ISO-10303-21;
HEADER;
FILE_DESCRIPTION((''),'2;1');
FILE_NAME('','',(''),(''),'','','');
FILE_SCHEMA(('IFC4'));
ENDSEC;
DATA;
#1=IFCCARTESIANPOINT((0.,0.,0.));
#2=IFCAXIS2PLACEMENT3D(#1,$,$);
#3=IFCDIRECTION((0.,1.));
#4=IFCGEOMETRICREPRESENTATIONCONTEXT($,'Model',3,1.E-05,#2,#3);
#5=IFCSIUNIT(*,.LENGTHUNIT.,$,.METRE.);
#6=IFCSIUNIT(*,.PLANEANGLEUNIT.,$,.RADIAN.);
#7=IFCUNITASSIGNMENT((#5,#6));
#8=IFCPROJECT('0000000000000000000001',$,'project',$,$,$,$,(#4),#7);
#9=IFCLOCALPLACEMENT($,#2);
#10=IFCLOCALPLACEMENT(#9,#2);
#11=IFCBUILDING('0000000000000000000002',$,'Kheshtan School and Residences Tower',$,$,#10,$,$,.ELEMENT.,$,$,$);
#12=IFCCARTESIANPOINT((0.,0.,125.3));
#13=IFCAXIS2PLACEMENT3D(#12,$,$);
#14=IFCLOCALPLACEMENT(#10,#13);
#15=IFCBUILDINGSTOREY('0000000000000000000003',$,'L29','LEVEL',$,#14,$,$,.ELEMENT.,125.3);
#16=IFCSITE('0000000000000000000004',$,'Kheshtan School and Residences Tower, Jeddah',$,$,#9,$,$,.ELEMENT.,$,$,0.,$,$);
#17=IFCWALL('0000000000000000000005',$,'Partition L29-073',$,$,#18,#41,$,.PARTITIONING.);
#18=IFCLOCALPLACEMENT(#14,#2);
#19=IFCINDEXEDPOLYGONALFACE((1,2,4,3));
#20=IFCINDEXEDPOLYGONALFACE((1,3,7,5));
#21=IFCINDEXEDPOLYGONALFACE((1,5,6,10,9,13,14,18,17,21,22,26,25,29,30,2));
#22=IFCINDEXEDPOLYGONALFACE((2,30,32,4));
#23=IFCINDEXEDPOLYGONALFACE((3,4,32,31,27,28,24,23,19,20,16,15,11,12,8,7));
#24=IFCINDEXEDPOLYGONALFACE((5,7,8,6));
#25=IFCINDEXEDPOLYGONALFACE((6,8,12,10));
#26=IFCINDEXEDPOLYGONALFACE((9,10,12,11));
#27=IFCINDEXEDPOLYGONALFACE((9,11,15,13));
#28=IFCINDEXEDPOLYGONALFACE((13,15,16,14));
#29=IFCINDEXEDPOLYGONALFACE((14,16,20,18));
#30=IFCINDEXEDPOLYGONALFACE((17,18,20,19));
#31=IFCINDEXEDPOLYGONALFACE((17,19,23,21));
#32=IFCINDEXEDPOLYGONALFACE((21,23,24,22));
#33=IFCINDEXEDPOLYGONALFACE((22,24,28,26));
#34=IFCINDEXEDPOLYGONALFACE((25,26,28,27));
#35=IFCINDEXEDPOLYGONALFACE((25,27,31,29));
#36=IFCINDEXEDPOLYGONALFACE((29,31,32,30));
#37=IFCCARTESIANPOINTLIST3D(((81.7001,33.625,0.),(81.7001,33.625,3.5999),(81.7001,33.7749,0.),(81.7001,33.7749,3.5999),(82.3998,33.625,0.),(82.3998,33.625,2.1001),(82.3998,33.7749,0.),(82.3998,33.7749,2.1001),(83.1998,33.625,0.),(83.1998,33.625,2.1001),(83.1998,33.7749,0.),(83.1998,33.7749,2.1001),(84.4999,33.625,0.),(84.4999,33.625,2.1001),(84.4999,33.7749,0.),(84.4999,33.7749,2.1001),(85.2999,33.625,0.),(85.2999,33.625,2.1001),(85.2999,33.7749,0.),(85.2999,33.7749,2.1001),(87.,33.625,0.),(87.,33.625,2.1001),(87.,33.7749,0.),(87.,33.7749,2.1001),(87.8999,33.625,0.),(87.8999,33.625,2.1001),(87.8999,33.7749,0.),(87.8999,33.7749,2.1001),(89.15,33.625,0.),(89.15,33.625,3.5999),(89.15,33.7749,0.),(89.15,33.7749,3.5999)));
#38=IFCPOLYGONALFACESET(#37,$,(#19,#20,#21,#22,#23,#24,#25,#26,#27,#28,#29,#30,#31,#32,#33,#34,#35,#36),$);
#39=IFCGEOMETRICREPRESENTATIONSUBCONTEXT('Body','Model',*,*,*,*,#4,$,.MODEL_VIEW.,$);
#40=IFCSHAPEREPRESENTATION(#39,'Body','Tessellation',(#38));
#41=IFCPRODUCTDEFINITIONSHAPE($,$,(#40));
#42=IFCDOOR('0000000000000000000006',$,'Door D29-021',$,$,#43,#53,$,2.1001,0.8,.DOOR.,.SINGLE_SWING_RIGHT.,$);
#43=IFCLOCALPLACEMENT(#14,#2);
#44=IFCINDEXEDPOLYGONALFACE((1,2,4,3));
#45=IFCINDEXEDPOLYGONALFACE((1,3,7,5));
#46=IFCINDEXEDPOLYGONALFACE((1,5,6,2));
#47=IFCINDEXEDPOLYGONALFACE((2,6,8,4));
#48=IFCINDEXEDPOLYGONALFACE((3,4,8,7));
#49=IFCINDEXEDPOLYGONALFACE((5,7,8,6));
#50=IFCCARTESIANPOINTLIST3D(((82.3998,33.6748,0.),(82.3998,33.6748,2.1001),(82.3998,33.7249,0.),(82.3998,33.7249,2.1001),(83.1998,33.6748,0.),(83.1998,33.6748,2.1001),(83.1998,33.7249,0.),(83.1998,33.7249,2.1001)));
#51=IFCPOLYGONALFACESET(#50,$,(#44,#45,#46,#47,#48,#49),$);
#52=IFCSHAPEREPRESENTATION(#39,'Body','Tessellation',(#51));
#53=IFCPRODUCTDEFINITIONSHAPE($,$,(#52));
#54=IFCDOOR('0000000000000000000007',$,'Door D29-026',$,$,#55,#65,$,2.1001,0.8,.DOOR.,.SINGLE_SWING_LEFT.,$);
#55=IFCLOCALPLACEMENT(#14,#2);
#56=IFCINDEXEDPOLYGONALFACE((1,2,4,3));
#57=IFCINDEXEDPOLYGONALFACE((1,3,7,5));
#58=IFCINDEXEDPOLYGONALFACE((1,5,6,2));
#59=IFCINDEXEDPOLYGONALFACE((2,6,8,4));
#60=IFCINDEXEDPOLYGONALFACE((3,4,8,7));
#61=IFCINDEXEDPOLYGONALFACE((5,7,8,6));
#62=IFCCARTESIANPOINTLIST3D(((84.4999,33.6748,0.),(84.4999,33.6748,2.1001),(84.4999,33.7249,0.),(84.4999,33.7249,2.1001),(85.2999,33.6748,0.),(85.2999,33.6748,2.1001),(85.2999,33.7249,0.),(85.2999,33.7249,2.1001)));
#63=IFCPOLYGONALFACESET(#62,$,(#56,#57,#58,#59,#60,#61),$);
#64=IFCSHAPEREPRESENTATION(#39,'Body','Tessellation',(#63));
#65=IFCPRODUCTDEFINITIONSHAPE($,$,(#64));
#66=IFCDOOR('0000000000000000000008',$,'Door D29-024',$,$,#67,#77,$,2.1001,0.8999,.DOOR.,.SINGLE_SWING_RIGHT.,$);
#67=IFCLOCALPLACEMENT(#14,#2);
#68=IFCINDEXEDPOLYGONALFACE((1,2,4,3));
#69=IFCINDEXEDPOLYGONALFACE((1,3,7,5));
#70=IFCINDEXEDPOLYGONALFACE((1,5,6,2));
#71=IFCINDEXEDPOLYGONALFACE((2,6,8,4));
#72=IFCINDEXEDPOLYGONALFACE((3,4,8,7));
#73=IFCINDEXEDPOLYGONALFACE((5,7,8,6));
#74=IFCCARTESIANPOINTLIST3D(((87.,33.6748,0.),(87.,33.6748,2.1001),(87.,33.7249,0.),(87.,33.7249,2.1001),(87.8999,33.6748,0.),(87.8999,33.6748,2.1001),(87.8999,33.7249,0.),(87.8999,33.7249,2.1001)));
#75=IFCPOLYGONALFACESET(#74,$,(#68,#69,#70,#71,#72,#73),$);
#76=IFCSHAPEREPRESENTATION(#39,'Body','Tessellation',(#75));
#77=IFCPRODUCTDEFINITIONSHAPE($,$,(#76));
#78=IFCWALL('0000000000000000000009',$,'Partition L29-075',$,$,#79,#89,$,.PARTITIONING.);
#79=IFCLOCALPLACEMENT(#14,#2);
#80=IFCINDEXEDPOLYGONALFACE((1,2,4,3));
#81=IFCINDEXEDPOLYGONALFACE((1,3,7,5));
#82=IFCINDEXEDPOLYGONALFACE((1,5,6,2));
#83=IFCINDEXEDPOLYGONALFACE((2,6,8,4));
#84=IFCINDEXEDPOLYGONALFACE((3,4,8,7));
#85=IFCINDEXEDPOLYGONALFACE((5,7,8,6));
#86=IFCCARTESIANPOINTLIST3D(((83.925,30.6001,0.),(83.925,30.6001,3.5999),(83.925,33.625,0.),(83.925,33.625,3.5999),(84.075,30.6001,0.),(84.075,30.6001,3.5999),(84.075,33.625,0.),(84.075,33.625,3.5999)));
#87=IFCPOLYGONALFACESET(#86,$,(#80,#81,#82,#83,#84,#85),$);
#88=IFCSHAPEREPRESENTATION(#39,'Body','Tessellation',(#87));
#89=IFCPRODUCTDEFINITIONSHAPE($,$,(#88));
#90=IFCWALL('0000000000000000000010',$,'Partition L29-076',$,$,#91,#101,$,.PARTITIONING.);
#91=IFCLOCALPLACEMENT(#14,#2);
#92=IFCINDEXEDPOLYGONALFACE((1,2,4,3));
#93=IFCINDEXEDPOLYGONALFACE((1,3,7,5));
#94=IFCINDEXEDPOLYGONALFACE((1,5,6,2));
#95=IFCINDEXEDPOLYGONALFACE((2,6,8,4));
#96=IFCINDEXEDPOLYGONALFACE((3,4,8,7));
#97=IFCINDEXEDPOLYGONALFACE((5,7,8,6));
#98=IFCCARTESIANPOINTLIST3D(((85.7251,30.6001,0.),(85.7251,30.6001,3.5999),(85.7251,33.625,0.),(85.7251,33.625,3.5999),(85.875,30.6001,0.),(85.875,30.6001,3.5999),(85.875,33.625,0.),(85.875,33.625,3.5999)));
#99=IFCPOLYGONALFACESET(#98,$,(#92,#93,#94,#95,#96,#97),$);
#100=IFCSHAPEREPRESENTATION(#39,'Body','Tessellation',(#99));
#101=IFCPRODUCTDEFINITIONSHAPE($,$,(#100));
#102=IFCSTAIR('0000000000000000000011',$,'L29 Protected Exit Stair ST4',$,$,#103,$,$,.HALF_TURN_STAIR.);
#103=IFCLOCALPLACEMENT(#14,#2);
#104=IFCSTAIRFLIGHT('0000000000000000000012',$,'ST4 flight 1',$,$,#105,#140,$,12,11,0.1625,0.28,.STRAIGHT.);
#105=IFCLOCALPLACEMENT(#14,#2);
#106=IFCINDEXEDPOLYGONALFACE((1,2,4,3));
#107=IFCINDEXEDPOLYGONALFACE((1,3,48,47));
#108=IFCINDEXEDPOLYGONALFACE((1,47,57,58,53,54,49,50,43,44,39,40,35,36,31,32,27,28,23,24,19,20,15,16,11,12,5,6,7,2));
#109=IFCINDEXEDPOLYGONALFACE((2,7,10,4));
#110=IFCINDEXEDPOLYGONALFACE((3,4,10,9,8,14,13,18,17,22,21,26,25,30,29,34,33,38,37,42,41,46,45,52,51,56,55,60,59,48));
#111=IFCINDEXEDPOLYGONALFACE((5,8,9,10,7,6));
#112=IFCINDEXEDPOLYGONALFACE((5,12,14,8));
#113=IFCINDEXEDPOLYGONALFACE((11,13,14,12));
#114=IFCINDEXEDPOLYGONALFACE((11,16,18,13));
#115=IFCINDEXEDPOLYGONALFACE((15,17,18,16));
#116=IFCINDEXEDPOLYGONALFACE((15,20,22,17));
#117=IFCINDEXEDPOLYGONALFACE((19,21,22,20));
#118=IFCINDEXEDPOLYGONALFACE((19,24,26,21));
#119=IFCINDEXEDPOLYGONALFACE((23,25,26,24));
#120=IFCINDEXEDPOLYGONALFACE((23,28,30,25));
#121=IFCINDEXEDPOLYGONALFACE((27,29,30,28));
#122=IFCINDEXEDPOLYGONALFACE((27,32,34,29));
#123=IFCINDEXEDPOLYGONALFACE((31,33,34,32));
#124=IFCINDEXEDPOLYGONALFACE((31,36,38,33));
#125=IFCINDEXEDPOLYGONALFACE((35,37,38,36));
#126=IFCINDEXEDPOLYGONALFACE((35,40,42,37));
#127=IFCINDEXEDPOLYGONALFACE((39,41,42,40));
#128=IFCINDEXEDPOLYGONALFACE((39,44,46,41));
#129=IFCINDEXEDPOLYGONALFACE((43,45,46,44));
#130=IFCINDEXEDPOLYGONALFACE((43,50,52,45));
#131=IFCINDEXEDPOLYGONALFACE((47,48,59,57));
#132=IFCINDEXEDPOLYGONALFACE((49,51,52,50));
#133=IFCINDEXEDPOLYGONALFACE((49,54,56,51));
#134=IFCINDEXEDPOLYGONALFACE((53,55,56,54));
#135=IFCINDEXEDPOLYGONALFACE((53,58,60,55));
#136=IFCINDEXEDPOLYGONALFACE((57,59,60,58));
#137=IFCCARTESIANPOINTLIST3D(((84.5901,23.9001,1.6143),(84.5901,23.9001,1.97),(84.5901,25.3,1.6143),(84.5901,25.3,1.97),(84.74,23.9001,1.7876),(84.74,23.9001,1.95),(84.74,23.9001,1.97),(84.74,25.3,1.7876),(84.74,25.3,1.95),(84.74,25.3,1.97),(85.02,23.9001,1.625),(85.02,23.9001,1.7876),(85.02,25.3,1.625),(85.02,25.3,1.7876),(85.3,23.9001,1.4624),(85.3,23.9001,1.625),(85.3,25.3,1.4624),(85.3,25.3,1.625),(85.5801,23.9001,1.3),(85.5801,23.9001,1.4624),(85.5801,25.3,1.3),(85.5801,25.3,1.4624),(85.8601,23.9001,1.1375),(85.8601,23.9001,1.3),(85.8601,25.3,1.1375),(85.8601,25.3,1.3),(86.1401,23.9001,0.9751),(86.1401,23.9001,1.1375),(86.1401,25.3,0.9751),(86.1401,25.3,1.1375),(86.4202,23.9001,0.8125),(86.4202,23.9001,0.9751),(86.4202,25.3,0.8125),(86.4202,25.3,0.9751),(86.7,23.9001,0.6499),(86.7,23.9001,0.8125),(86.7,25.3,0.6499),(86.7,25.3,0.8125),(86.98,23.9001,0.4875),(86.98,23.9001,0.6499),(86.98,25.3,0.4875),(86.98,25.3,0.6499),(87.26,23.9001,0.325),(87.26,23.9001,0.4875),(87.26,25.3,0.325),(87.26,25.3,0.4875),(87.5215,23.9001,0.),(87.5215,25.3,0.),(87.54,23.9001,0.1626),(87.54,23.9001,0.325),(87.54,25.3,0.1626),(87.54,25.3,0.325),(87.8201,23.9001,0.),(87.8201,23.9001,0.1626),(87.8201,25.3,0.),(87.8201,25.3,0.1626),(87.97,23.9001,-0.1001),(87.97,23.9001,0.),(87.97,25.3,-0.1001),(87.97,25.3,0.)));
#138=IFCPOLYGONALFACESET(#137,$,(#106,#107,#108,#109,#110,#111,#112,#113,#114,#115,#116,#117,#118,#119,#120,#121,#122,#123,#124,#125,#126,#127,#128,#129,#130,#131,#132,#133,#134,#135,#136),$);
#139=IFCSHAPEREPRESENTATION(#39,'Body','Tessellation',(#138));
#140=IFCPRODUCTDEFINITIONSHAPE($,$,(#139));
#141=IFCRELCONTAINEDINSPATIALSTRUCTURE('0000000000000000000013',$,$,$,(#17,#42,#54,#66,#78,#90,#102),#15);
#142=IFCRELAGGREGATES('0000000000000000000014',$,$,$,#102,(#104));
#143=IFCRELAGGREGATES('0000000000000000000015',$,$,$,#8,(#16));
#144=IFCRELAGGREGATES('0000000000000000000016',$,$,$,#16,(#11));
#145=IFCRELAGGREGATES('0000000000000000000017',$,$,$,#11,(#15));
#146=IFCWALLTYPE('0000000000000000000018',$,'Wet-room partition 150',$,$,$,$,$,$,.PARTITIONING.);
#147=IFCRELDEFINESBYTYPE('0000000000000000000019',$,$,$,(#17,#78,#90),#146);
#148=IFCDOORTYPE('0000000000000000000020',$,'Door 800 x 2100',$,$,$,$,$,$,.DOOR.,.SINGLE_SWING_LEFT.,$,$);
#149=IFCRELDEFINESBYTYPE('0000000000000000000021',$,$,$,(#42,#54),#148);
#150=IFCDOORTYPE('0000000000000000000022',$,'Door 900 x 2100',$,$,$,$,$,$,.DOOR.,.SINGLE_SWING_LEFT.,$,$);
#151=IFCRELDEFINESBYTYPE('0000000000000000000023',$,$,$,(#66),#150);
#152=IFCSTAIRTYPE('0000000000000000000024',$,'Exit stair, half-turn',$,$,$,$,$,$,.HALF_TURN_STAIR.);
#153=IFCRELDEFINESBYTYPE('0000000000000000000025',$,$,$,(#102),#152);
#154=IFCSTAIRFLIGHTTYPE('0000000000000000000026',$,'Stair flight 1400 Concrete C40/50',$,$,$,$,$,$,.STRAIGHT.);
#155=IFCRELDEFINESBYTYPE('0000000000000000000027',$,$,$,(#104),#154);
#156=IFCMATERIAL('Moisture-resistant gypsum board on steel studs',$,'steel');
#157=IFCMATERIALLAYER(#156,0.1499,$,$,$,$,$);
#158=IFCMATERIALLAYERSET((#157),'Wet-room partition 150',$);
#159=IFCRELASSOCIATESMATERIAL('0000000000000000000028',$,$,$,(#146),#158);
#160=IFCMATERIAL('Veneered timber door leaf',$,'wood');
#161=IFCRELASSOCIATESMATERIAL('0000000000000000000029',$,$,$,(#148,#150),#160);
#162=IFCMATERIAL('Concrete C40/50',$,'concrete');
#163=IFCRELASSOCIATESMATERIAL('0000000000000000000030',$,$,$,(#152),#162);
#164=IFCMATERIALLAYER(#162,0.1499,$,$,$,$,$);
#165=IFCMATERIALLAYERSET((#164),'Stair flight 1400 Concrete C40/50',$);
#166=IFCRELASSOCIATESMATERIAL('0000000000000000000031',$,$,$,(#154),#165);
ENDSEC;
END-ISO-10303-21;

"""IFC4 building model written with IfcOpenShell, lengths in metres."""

from ifc_helpers import new_model, si_unit, direction, frame, frame_2d, origin, place, context, subcontext, project, spatial, polyline, rectangle, outline, extrude, source, transform, mapped, material, layer, layer_set, type_object, element, fill, aggregate, save


model = new_model("IFC4")

# Units and contexts
model_context = context("Model", 3, precision=1e-05, world=origin(), true_north=direction((0.0, 1.0)))
body_context = subcontext(model_context, "Body", "Model", "MODEL_VIEW")
ifc_project = project(units=[si_unit("LENGTHUNIT", "METRE"), si_unit("PLANEANGLEUNIT", "RADIAN")], contexts=[model_context])

# Site, building, storey
site_placement = place(None, origin())
site = spatial("IfcSite", under=ifc_project, at=site_placement, Name="Kheshtan School and Residences Tower, Jeddah", CompositionType="ELEMENT", RefElevation=0.0)
building_placement = place(site_placement, origin())
building = spatial("IfcBuilding", under=site, at=building_placement, Name="Kheshtan School and Residences Tower", CompositionType="ELEMENT")
storey_placement = place(building_placement, frame((0.0, 0.0, 125.3)))
storey = spatial("IfcBuildingStorey", under=building, at=storey_placement, Name="L29", Description="LEVEL", CompositionType="ELEMENT", Elevation=125.3)

# Shared definitions
ifc_material_1 = material(Name="Concrete C40/50", Category="concrete")

# Shared definitions
ifc_material_2 = material(Name="Moisture-resistant gypsum board on steel studs", Category="steel")
ifc_layer_1 = layer(ifc_material_2, 0.1499)
ifc_layer_set_1 = layer_set([ifc_layer_1], Name="Wet-room partition 150")
wall_type_1 = type_object("IfcWallType", Name="Wet-room partition 150", PredefinedType="PARTITIONING", material=ifc_layer_set_1)

# Wall, openings, doors
wall_1_placement = place(storey_placement, frame((81.7, 33.7, 0.0), z_axis=(0.0, 0.0, 1.0), x_axis=(1.0, 0.0, 0.0)))
wall_1 = element("IfcWall", 1, at=wall_1_placement, inside=storey, type_object=wall_type_1, Name="Partition L29-073", PredefinedType="PARTITIONING", context=body_context, shape_type="SweptSolid", body=[
    extrude(rectangle(XDim=7.45, YDim=0.1499, at=frame_2d((3.7251, 0.0))), origin(), (0.0, 0.0, 1.0), 3.5999),
])
opening_1_placement = place(wall_1_placement, frame((0.7, 0.0, 0.0)))
opening_1 = element("IfcOpeningElement", 2, at=opening_1_placement, cuts=wall_1, PredefinedType="OPENING", context=body_context, shape_type="SweptSolid", body=[
    extrude(rectangle(XDim=0.8, YDim=2.1001, at=frame_2d((0.3999, 1.05))), frame((0.0, 0.085, 0.0), z_axis=(0.0, -1.0, 0.0), x_axis=(1.0, 0.0, 0.0)), (0.0, 0.0, 1.0), 0.1699),
])
opening_2_placement = place(wall_1_placement, frame((5.3, 0.0, 0.0)))
opening_2 = element("IfcOpeningElement", 3, at=opening_2_placement, cuts=wall_1, PredefinedType="OPENING", context=body_context, shape_type="SweptSolid", body=[
    extrude(rectangle(XDim=0.8999, YDim=2.1001, at=frame_2d((0.45, 1.05))), frame((0.0, 0.085, 0.0), z_axis=(0.0, -1.0, 0.0), x_axis=(1.0, 0.0, 0.0)), (0.0, 0.0, 1.0), 0.1699),
])
opening_3_placement = place(wall_1_placement, frame((2.8, 0.0, 0.0)))
opening_3 = element("IfcOpeningElement", 4, at=opening_3_placement, cuts=wall_1, PredefinedType="OPENING", context=body_context, shape_type="SweptSolid", body=[
    extrude(rectangle(XDim=0.8, YDim=2.1001, at=frame_2d((0.3999, 1.05))), frame((0.0, 0.085, 0.0), z_axis=(0.0, -1.0, 0.0), x_axis=(1.0, 0.0, 0.0)), (0.0, 0.0, 1.0), 0.1699),
])
ifc_material_3 = material(Name="Veneered timber door leaf", Category="wood")
door_type_1 = type_object("IfcDoorType", Name="Door 800 x 2100", OperationType="SINGLE_SWING_LEFT", PredefinedType="DOOR", material=ifc_material_3)
shared_shape_1 = source(origin(), body_context, "Body", "SweptSolid", [
    extrude(rectangle(XDim=0.8, YDim=2.1001, at=frame_2d((0.3999, 1.05))), frame((0.0, 0.0249, 0.0), z_axis=(0.0, -1.0, 0.0), x_axis=(1.0, 0.0, 0.0)), (0.0, 0.0, 1.0), 0.05),
])
door_1_placement = place(opening_1_placement, origin())
door_1 = element("IfcDoor", 5, at=door_1_placement, inside=storey, type_object=door_type_1, Name="Door D29-021", OperationType="SINGLE_SWING_RIGHT", OverallHeight=2.1001, OverallWidth=0.8, PredefinedType="DOOR", context=body_context, shape_type="MappedRepresentation", body=[
    mapped(shared_shape_1, transform((0.0, 0.0, 0.0), x_axis=(1.0, 0.0, 0.0), y_axis=(0.0, 1.0, 0.0), z_axis=(0.0, 0.0, 1.0), scale=1.0)),
])
fill(opening_1, door_1)
door_2_placement = place(opening_3_placement, origin())
door_2 = element("IfcDoor", 6, at=door_2_placement, inside=storey, type_object=door_type_1, Name="Door D29-026", OperationType="SINGLE_SWING_LEFT", OverallHeight=2.1001, OverallWidth=0.8, PredefinedType="DOOR", context=body_context, shape_type="MappedRepresentation", body=[
    mapped(shared_shape_1, transform((0.0, 0.0, 0.0), x_axis=(1.0, 0.0, 0.0), y_axis=(0.0, 1.0, 0.0), z_axis=(0.0, 0.0, 1.0), scale=1.0)),
])
fill(opening_3, door_2)
door_type_2 = type_object("IfcDoorType", Name="Door 900 x 2100", OperationType="SINGLE_SWING_LEFT", PredefinedType="DOOR", material=ifc_material_3)
shared_shape_2 = source(origin(), body_context, "Body", "SweptSolid", [
    extrude(rectangle(XDim=0.8999, YDim=2.1001, at=frame_2d((0.45, 1.05))), frame((0.0, 0.0249, 0.0), z_axis=(0.0, -1.0, 0.0), x_axis=(1.0, 0.0, 0.0)), (0.0, 0.0, 1.0), 0.05),
])
door_3_placement = place(opening_2_placement, origin())
door_3 = element("IfcDoor", 7, at=door_3_placement, inside=storey, type_object=door_type_2, Name="Door D29-024", OperationType="SINGLE_SWING_RIGHT", OverallHeight=2.1001, OverallWidth=0.8999, PredefinedType="DOOR", context=body_context, shape_type="MappedRepresentation", body=[
    mapped(shared_shape_2, transform((0.0, 0.0, 0.0), x_axis=(1.0, 0.0, 0.0), y_axis=(0.0, 1.0, 0.0), z_axis=(0.0, 0.0, 1.0), scale=1.0)),
])
fill(opening_2, door_3)

# Walls
for number, where, z_axis, x_axis, name in (
    (8, (84.0, 30.6001, 0.0), (0.0, 0.0, 1.0), (0.0, 1.0, 0.0), "Partition L29-075"),
    (9, (85.8, 30.6001, 0.0), (0.0, 0.0, 1.0), (0.0, 1.0, 0.0), "Partition L29-076"),
):
    element("IfcWall", number, at=place(storey_placement, frame(where, z_axis=z_axis, x_axis=x_axis)), inside=storey, type_object=wall_type_1, Name=name, PredefinedType="PARTITIONING", context=body_context, shape_type="SweptSolid", body=[
        extrude(rectangle(XDim=3.0249, YDim=0.1499, at=frame_2d((1.5125, 0.0))), origin(), (0.0, 0.0, 1.0), 3.5999),
    ])

# Stair, stair flight
stair_type = type_object("IfcStairType", Name="Exit stair, half-turn", PredefinedType="HALF_TURN_STAIR", material=ifc_material_1)
stair_placement = place(storey_placement, origin())
stair = element("IfcStair", 10, at=stair_placement, inside=storey, type_object=stair_type, Name="L29 Protected Exit Stair ST4", PredefinedType="HALF_TURN_STAIR")
ifc_layer_2 = layer(ifc_material_1, 0.1499)
ifc_layer_set_2 = layer_set([ifc_layer_2], Name="Stair flight 1400 Concrete C40/50")
stair_flight_type = type_object("IfcStairFlightType", Name="Stair flight 1400 Concrete C40/50", PredefinedType="STRAIGHT", material=ifc_layer_set_2)
stair_flight_1_placement = place(storey_placement, frame((87.8201, 24.6001, 0.0), z_axis=(0.0, 0.0, 1.0), x_axis=(-1.0, 0.0, 0.0)))
stair_flight_1 = element("IfcStairFlight", 11, at=stair_flight_1_placement, type_object=stair_flight_type, Name="ST4 flight 1", NumberOfRisers=12, NumberOfTreads=11, PredefinedType="STRAIGHT", RiserHeight=0.1625, TreadLength=0.28, context=body_context, shape_type="SweptSolid", body=[
    extrude(outline(polyline([(-0.1499, -0.1001), (-0.1499, 0.0), (0.0, 0.0), (0.0, 0.1626), (0.28, 0.1626), (0.28, 0.325), (0.5601, 0.325), (0.5601, 0.4875), (0.8401, 0.4875), (0.8401, 0.6499), (1.1201, 0.6499), (1.1201, 0.8125), (1.3999, 0.8125), (1.3999, 0.9751), (1.6799, 0.9751), (1.6799, 1.1375), (1.96, 1.1375), (1.96, 1.3), (2.24, 1.3), (2.24, 1.4624), (2.52, 1.4624), (2.52, 1.625), (2.8, 1.625), (2.8, 1.7876), (3.0801, 1.7876), (3.0801, 1.95), (3.0801, 1.97), (3.23, 1.97), (3.23, 1.6143), (0.2986, 0.0), (-0.1499, -0.1001)])), frame((0.0, 0.7, 0.0), z_axis=(0.0, -1.0, 0.0), x_axis=(1.0, 0.0, 0.0)), (0.0, 0.0, 1.0), 1.3999),
])
aggregate(stair, [stair_flight_1])

save(model, "model.ifc")
